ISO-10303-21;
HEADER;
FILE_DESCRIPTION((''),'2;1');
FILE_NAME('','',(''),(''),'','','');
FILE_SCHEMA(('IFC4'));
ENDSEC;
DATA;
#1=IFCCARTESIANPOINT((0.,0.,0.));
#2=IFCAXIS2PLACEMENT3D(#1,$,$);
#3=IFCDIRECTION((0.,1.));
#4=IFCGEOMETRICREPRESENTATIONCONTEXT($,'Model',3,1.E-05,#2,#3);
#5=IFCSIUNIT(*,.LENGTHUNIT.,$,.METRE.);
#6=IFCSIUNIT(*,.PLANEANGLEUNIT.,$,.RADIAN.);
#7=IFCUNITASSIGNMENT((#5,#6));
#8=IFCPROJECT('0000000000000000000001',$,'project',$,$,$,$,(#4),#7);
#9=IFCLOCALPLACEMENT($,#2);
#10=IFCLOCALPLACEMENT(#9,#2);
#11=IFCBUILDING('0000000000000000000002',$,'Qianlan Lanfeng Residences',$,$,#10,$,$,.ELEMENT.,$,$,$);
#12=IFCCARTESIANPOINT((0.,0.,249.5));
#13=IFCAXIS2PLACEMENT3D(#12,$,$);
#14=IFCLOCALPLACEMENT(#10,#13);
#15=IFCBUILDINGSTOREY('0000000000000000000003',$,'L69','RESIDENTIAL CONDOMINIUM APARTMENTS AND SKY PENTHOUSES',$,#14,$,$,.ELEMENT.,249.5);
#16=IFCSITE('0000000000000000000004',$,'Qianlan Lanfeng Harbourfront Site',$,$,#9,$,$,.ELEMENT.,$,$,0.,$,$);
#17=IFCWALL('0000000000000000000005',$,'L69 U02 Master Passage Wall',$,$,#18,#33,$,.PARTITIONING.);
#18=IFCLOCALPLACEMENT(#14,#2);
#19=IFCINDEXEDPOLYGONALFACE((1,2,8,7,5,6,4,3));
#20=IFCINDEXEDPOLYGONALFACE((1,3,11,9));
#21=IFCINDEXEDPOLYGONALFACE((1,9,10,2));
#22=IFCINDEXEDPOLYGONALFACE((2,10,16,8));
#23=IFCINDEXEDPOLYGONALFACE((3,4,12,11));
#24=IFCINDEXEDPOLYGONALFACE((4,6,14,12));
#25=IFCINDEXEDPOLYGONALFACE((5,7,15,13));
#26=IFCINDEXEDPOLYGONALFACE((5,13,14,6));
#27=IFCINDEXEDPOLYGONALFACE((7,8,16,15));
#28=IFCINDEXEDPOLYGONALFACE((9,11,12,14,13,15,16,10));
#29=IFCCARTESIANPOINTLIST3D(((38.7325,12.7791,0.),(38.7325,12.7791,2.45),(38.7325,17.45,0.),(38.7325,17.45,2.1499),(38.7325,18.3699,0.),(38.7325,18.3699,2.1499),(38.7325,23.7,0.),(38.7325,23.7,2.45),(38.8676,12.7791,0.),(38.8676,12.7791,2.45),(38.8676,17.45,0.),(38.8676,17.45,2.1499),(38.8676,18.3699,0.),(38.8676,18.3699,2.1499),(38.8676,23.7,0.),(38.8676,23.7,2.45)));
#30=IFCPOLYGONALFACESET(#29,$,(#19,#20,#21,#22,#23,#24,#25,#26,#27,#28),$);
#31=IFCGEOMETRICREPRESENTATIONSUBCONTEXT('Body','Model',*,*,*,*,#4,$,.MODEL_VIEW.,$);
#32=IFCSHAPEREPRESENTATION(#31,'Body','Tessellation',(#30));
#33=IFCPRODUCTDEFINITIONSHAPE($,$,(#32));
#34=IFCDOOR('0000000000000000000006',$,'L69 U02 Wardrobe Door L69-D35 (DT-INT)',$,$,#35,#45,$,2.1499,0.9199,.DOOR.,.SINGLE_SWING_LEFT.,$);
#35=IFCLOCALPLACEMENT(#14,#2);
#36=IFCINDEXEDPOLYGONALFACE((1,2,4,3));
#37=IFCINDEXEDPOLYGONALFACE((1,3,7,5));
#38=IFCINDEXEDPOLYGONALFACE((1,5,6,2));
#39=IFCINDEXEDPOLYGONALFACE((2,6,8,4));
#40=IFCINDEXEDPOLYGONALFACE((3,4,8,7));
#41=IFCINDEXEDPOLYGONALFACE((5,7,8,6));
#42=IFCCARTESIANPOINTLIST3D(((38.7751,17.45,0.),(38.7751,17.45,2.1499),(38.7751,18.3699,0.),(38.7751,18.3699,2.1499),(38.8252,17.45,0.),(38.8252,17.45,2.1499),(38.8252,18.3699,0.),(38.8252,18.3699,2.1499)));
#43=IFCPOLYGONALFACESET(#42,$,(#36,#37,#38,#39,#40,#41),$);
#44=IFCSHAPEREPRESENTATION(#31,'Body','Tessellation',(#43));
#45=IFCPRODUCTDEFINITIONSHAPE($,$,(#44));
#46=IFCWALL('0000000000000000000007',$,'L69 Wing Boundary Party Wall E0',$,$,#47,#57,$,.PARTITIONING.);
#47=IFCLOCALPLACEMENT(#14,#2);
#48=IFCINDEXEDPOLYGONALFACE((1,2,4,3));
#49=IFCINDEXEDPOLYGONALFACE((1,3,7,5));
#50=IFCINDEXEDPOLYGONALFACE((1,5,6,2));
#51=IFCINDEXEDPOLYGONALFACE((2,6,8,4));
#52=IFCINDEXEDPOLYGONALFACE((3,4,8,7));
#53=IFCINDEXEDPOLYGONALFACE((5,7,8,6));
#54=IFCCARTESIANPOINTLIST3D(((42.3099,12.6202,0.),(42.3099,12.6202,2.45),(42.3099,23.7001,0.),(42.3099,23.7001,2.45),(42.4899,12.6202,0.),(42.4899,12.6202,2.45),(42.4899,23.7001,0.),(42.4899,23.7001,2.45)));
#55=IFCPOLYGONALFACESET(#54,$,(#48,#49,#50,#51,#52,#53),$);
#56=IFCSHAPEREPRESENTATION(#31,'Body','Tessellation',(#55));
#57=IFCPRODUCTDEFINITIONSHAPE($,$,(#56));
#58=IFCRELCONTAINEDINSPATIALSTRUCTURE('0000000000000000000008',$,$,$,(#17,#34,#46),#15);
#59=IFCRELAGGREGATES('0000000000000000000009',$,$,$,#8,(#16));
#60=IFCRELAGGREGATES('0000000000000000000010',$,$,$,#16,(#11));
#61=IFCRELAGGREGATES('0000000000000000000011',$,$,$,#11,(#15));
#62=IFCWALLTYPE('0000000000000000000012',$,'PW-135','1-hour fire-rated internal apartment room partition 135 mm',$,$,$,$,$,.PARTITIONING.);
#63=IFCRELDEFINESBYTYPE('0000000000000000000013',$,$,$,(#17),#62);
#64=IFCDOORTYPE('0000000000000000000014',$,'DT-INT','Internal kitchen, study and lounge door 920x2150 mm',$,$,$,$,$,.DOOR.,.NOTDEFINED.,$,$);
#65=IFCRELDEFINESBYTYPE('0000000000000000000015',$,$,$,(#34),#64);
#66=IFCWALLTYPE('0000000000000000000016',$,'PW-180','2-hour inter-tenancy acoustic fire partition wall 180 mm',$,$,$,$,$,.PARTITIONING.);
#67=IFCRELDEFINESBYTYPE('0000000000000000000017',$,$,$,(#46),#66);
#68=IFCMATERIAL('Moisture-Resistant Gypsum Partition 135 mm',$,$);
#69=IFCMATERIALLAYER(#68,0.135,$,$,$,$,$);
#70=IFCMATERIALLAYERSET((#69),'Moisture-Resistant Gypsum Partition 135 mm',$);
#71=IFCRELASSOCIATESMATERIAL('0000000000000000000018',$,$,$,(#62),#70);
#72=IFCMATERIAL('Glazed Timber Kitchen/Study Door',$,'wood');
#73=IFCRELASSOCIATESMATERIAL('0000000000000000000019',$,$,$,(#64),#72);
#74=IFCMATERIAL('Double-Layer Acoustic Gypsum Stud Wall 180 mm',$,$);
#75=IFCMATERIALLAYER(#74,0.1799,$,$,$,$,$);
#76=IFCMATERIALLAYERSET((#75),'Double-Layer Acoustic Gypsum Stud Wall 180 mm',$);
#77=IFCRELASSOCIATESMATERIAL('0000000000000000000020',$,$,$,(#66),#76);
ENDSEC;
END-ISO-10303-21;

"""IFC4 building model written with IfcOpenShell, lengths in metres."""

from ifc_helpers import new_model, si_unit, direction, frame, frame_2d, origin, place, context, subcontext, project, spatial, rectangle, extrude, material, layer, layer_set, type_object, element, fill, save


model = new_model("IFC4")

# Units and contexts
model_context = context("Model", 3, precision=1e-05, world=origin(), true_north=direction((0.0, 1.0)))
body_context = subcontext(model_context, "Body", "Model", "MODEL_VIEW")
ifc_project = project(units=[si_unit("LENGTHUNIT", "METRE"), si_unit("PLANEANGLEUNIT", "RADIAN")], contexts=[model_context])

# Site, building, storey
site_placement = place(None, origin())
site = spatial("IfcSite", under=ifc_project, at=site_placement, Name="Qianlan Lanfeng Harbourfront Site", CompositionType="ELEMENT", RefElevation=0.0)
building_placement = place(site_placement, origin())
building = spatial("IfcBuilding", under=site, at=building_placement, Name="Qianlan Lanfeng Residences", CompositionType="ELEMENT")
storey_placement = place(building_placement, frame((0.0, 0.0, 249.5)))
storey = spatial("IfcBuildingStorey", under=building, at=storey_placement, Name="L69", Description="RESIDENTIAL CONDOMINIUM APARTMENTS AND SKY PENTHOUSES", CompositionType="ELEMENT", Elevation=249.5)

# Wall, opening, door
ifc_material_1 = material(Name="Moisture-Resistant Gypsum Partition 135 mm")
ifc_layer_1 = layer(ifc_material_1, 0.135)
ifc_layer_set_1 = layer_set([ifc_layer_1], Name="Moisture-Resistant Gypsum Partition 135 mm")
wall_type_1 = type_object("IfcWallType", Name="PW-135", Description="1-hour fire-rated internal apartment room partition 135 mm", PredefinedType="PARTITIONING", material=ifc_layer_set_1)
wall_1_placement = place(storey_placement, frame((38.8, 12.7791, 0.0), z_axis=(0.0, 0.0, 1.0), x_axis=(0.0, 1.0, 0.0)))
wall_1 = element("IfcWall", 1, at=wall_1_placement, inside=storey, type_object=wall_type_1, Name="L69 U02 Master Passage Wall", PredefinedType="PARTITIONING", context=body_context, shape_type="SweptSolid", body=[
    extrude(rectangle(XDim=10.9209, YDim=0.135, at=frame_2d((5.4604, 0.0))), origin(), (0.0, 0.0, 1.0), 2.45),
])
opening_1_placement = place(wall_1_placement, frame((4.6709, 0.0, 0.0)))
opening_1 = element("IfcOpeningElement", 2, at=opening_1_placement, cuts=wall_1, PredefinedType="OPENING", context=body_context, shape_type="SweptSolid", body=[
    extrude(rectangle(XDim=0.9199, YDim=2.1499, at=frame_2d((0.46, 1.075))), frame((0.0, 0.0776, 0.0), z_axis=(0.0, -1.0, 0.0), x_axis=(1.0, 0.0, 0.0)), (0.0, 0.0, 1.0), 0.155),
])
ifc_material_2 = material(Name="Glazed Timber Kitchen/Study Door", Category="wood")
door_type_1 = type_object("IfcDoorType", Name="DT-INT", Description="Internal kitchen, study and lounge door 920x2150 mm", OperationType="NOTDEFINED", PredefinedType="DOOR", material=ifc_material_2)
door_1_placement = place(opening_1_placement, origin())
door_1 = element("IfcDoor", 3, at=door_1_placement, inside=storey, type_object=door_type_1, Name="L69 U02 Wardrobe Door L69-D35 (DT-INT)", OperationType="SINGLE_SWING_LEFT", OverallHeight=2.1499, OverallWidth=0.9199, PredefinedType="DOOR", context=body_context, shape_type="SweptSolid", body=[
    extrude(rectangle(XDim=0.9199, YDim=2.1499, at=frame_2d((0.46, 1.075))), frame((0.0, 0.0249, 0.0), z_axis=(0.0, -1.0, 0.0), x_axis=(1.0, 0.0, 0.0)), (0.0, 0.0, 1.0), 0.05),
])
fill(opening_1, door_1)

# Wall
ifc_material_3 = material(Name="Double-Layer Acoustic Gypsum Stud Wall 180 mm")
ifc_layer_2 = layer(ifc_material_3, 0.1799)
ifc_layer_set_2 = layer_set([ifc_layer_2], Name="Double-Layer Acoustic Gypsum Stud Wall 180 mm")
wall_type_2 = type_object("IfcWallType", Name="PW-180", Description="2-hour inter-tenancy acoustic fire partition wall 180 mm", PredefinedType="PARTITIONING", material=ifc_layer_set_2)
wall_2_placement = place(storey_placement, frame((42.3999, 12.6201, 0.0), z_axis=(0.0, 0.0, 1.0), x_axis=(0.0, 1.0, 0.0)))
element("IfcWall", 4, at=wall_2_placement, inside=storey, type_object=wall_type_2, Name="L69 Wing Boundary Party Wall E0", PredefinedType="PARTITIONING", context=body_context, shape_type="SweptSolid", body=[
    extrude(rectangle(XDim=11.0798, YDim=0.1799, at=frame_2d((5.54, 0.0))), origin(), (0.0, 0.0, 1.0), 2.45),
])

save(model, "model.ifc")
